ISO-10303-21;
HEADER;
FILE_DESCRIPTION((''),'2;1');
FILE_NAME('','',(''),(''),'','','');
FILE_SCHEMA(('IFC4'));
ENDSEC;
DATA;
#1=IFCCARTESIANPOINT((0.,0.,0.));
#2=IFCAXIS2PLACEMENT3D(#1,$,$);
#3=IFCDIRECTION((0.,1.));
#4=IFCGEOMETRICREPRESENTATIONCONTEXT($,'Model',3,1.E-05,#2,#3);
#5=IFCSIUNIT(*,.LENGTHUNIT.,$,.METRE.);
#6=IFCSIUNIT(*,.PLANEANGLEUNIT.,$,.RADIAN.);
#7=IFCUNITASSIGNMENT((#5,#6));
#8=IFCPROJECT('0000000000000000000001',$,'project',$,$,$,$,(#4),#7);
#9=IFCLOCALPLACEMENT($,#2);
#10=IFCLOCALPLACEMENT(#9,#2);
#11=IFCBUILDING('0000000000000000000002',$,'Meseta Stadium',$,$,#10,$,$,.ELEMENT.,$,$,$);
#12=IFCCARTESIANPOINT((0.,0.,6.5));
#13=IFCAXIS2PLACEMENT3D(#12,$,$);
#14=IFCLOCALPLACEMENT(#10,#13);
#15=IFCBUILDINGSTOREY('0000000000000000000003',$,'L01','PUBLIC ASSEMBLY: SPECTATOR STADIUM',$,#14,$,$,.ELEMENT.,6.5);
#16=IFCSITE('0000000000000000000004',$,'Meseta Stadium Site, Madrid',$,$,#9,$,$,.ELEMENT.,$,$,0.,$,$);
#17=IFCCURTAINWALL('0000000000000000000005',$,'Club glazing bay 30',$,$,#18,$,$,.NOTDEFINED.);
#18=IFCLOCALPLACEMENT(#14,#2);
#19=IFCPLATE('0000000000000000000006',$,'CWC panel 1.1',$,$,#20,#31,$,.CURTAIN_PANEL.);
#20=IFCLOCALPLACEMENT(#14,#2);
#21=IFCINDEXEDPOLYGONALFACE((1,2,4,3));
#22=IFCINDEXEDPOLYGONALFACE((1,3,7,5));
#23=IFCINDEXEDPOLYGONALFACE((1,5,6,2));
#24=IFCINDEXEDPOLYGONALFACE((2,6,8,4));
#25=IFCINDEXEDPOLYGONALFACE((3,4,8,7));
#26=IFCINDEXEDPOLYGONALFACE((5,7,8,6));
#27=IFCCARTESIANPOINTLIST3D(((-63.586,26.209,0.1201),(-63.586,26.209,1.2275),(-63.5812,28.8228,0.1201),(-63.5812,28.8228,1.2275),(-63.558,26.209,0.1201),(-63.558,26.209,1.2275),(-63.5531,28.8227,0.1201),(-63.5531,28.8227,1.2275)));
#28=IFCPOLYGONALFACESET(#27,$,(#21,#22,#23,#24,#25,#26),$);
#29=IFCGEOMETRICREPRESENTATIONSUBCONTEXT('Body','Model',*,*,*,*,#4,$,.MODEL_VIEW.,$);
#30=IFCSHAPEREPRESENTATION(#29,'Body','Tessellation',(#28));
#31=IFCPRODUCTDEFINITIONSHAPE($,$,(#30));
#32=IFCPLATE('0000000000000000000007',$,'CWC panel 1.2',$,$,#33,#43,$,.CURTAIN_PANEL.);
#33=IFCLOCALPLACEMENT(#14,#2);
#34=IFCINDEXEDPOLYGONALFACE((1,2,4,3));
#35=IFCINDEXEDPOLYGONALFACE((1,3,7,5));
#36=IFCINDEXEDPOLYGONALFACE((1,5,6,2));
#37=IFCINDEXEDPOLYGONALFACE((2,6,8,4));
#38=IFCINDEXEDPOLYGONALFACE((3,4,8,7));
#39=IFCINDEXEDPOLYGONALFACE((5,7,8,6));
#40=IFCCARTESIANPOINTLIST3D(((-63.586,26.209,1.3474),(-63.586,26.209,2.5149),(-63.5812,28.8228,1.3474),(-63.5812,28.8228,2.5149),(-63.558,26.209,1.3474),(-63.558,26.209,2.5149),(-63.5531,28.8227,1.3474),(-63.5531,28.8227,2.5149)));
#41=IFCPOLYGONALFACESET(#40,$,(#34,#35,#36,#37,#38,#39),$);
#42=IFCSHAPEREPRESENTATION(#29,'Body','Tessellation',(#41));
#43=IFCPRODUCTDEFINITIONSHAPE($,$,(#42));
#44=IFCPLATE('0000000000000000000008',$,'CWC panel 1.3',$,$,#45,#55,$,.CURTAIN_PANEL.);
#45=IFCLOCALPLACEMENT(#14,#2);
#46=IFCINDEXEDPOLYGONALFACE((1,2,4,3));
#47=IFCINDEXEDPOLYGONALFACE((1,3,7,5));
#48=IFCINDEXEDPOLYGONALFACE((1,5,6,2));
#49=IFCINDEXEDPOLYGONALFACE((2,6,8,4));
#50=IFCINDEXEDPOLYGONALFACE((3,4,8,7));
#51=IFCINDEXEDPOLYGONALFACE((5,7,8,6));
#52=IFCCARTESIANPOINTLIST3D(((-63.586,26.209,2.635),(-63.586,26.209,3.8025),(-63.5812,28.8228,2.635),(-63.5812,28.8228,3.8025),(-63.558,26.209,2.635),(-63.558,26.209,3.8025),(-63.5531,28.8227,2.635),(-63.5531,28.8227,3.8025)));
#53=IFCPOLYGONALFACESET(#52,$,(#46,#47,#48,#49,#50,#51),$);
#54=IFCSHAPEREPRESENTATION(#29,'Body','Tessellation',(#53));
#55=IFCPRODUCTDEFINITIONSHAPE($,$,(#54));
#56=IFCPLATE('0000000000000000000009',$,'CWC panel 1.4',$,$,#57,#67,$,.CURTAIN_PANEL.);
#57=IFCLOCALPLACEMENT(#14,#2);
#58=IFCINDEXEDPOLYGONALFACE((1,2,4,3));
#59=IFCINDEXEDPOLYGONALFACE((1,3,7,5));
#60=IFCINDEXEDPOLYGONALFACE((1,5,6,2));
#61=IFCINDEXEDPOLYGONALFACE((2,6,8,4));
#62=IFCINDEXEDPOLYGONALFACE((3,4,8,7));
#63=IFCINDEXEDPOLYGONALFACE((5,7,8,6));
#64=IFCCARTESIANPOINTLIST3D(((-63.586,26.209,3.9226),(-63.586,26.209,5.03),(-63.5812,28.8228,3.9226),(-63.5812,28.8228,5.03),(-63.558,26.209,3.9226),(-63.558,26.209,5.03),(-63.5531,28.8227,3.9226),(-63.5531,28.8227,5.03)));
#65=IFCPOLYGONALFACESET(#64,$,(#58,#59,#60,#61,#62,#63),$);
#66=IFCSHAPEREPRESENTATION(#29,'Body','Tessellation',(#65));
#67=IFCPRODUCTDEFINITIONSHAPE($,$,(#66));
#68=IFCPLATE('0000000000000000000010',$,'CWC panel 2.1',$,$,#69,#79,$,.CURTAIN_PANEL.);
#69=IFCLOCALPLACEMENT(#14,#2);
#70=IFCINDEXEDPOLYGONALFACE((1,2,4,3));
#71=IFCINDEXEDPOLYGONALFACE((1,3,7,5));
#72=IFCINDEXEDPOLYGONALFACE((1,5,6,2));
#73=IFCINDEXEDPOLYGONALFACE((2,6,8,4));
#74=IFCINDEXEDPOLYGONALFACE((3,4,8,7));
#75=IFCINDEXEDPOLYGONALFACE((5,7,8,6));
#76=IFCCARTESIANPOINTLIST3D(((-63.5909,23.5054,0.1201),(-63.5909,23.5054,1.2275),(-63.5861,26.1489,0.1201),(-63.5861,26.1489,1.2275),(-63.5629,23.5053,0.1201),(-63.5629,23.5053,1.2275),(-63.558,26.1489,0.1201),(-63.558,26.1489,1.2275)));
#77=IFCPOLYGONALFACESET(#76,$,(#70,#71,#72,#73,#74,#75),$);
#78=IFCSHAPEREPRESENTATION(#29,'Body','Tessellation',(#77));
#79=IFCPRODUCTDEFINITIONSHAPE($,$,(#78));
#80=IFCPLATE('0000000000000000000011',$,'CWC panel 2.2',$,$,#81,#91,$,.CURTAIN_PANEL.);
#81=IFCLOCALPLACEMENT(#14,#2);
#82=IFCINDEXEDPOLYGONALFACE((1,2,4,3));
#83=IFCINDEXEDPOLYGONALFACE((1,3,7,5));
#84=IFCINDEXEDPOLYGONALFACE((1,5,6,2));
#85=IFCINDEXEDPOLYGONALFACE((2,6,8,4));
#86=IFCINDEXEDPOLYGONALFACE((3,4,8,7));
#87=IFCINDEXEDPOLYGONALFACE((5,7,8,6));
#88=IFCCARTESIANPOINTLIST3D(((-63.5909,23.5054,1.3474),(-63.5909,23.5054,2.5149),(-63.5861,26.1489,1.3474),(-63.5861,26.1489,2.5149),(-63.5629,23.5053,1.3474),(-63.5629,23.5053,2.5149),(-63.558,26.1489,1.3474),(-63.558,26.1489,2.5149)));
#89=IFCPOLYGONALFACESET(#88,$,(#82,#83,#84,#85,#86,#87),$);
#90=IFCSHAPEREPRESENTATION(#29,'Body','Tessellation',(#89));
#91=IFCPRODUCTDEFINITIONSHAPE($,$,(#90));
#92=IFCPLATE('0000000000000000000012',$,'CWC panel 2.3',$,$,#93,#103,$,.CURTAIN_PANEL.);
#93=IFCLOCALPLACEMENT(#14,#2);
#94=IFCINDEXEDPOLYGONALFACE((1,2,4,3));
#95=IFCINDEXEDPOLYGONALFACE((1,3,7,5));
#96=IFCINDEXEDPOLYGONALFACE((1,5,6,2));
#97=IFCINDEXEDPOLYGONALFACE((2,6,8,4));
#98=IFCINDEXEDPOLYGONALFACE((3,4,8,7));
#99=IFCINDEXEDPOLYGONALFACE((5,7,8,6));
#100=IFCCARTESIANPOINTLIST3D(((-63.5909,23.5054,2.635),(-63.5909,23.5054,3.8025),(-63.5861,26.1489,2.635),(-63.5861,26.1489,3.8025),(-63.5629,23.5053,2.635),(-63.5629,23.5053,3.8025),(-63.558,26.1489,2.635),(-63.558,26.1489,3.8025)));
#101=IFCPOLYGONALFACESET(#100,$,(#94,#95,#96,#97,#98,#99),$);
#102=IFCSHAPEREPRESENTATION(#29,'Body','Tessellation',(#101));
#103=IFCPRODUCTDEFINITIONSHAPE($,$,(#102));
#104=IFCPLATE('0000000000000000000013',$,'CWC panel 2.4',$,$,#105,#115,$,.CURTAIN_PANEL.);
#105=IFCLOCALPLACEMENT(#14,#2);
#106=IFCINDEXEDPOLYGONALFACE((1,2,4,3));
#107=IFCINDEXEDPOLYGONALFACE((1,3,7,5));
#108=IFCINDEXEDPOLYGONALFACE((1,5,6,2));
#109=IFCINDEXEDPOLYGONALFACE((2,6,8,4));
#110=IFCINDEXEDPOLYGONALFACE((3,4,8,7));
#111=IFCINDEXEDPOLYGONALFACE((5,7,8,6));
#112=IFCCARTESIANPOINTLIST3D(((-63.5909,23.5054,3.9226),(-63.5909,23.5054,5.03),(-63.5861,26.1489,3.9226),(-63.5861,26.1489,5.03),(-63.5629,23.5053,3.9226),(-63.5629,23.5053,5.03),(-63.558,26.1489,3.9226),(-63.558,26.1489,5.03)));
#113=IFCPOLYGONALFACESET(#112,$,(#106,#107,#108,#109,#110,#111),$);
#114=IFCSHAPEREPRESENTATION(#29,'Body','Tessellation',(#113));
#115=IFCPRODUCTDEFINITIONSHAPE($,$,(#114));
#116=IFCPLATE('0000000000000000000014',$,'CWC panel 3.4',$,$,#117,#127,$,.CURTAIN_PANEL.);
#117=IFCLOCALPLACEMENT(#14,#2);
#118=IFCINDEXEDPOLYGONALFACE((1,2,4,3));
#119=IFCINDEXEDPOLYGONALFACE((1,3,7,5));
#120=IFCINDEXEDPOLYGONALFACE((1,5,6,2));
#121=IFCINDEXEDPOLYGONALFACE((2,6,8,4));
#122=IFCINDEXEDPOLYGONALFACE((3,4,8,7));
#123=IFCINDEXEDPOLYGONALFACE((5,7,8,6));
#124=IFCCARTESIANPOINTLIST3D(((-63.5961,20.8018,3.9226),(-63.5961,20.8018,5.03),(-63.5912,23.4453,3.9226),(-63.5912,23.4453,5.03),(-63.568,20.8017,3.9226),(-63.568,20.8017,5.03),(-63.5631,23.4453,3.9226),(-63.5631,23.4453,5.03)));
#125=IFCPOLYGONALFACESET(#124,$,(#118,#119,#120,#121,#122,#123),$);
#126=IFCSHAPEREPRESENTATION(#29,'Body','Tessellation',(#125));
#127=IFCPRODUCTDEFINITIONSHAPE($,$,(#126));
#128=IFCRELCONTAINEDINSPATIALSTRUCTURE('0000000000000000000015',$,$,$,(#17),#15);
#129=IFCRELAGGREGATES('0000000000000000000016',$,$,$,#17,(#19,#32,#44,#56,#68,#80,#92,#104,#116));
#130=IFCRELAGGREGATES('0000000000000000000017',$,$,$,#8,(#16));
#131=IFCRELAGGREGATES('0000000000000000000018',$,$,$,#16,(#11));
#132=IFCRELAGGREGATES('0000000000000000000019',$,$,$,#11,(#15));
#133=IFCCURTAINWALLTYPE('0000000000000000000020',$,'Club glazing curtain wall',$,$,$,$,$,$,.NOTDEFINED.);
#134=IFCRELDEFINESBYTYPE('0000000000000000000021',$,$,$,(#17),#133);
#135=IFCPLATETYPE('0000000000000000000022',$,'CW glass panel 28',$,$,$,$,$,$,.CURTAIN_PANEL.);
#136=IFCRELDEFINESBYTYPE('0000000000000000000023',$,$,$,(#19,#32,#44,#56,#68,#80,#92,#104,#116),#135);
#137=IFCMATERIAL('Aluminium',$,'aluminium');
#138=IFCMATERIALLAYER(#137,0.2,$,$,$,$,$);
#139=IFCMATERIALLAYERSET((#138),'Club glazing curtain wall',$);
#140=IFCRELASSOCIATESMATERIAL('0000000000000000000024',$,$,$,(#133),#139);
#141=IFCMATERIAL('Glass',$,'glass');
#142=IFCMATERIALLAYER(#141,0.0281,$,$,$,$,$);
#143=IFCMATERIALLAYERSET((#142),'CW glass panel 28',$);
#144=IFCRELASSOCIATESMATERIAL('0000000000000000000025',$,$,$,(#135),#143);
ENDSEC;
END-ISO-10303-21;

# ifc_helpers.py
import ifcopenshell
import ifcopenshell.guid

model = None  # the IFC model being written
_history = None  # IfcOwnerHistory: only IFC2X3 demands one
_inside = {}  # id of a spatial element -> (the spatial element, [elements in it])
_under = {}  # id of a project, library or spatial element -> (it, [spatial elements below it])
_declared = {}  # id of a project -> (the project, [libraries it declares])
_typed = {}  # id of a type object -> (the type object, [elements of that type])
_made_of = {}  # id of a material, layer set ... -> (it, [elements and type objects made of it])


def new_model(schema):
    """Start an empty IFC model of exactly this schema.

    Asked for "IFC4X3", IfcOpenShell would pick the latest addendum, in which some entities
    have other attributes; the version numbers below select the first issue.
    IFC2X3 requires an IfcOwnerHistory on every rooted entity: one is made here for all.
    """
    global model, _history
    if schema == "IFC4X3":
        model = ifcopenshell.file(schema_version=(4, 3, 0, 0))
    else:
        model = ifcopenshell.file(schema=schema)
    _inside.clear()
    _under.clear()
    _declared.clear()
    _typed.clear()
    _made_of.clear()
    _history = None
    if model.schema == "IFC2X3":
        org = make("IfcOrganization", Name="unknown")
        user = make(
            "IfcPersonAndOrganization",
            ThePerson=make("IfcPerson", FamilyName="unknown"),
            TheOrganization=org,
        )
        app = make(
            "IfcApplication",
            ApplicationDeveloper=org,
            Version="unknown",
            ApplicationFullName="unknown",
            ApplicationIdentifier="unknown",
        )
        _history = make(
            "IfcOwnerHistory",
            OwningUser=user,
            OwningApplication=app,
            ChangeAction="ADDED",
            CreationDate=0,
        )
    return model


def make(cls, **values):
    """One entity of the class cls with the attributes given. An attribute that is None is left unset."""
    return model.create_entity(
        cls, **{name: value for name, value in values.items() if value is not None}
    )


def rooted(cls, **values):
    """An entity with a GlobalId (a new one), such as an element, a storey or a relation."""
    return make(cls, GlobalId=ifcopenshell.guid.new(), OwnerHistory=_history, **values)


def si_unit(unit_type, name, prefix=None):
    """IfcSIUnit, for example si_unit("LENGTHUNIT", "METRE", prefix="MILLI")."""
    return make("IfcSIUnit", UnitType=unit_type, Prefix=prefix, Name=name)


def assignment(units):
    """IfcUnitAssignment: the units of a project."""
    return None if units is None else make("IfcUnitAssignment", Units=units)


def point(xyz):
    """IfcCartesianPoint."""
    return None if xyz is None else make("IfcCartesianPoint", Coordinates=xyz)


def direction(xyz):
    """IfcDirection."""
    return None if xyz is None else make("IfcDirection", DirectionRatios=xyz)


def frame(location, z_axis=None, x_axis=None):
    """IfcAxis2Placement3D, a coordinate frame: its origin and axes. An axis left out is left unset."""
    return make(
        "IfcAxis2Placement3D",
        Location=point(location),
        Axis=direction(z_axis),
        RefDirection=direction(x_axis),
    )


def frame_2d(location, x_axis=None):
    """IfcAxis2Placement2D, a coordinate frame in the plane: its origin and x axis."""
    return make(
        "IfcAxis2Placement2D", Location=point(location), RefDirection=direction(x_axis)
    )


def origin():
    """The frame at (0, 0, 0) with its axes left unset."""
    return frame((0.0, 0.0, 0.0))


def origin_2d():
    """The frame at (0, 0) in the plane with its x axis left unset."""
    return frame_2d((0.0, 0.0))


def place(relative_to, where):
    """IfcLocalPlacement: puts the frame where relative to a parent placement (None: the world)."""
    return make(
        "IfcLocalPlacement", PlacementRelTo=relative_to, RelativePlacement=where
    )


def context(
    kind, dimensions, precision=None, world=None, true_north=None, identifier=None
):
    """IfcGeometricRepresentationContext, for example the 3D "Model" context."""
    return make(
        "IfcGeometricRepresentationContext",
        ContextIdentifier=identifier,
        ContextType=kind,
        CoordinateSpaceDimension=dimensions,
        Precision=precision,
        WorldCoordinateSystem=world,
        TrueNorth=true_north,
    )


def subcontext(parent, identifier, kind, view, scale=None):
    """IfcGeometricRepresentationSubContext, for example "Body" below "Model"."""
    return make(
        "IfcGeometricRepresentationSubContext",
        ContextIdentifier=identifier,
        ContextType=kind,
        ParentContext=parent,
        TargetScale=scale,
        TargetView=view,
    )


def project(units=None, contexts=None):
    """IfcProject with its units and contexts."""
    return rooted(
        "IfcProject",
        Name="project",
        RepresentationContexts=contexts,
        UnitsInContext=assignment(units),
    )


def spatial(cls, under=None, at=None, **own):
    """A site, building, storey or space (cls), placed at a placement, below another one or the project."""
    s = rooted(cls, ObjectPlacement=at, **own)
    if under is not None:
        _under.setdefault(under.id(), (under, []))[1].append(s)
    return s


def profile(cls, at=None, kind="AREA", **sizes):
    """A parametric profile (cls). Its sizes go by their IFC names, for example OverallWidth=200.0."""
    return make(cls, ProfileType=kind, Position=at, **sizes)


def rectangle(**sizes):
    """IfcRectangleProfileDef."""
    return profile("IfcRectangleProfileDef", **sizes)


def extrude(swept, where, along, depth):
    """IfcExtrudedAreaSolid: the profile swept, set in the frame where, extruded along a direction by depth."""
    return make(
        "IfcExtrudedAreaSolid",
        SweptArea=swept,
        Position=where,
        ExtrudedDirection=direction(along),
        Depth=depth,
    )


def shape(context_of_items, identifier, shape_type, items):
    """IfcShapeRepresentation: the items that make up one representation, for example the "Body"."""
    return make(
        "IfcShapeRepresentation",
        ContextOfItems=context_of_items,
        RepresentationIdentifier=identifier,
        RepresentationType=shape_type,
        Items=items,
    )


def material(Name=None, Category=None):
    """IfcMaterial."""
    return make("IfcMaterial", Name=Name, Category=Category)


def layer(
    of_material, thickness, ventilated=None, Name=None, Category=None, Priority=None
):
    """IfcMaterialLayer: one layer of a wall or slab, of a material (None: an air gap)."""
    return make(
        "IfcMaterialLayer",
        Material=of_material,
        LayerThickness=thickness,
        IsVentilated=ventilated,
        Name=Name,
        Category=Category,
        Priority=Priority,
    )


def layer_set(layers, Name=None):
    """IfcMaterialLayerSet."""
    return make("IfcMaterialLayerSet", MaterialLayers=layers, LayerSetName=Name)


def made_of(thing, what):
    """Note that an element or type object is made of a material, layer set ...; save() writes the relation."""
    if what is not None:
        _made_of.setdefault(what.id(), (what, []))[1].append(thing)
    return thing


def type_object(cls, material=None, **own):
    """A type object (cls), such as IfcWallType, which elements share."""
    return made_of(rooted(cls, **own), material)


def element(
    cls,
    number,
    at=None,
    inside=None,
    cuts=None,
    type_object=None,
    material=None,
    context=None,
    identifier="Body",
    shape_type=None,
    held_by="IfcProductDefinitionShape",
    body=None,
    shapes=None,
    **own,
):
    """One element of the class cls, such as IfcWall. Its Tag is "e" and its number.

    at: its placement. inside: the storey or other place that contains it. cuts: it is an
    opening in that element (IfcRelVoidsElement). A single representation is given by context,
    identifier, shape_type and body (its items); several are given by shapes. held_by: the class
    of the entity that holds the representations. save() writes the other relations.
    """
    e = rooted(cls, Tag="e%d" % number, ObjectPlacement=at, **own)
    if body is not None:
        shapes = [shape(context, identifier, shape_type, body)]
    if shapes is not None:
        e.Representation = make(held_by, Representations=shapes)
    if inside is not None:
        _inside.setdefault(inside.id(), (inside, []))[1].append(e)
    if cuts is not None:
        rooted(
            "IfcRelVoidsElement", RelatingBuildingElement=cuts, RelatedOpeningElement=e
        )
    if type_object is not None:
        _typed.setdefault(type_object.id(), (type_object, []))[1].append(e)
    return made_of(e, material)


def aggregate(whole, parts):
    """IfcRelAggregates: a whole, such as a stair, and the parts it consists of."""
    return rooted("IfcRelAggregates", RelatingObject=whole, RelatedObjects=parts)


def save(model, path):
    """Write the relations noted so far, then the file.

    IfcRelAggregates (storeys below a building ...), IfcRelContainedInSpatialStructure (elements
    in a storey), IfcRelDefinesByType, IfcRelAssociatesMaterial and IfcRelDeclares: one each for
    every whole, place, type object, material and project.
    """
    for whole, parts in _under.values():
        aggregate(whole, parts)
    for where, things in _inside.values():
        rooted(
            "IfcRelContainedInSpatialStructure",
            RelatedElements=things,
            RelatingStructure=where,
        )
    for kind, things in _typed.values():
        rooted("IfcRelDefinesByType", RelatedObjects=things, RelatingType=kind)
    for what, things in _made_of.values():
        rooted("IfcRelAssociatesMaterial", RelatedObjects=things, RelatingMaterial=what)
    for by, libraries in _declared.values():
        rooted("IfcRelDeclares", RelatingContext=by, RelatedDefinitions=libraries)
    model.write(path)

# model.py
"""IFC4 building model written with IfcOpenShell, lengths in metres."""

from ifc_helpers import new_model, si_unit, direction, frame, origin, origin_2d, place, context, subcontext, project, spatial, rectangle, extrude, material, layer, layer_set, type_object, element, aggregate, save


model = new_model("IFC4")

# Units and contexts
model_context = context("Model", 3, precision=1e-05, world=origin(), true_north=direction((0.0, 1.0)))
body_context = subcontext(model_context, "Body", "Model", "MODEL_VIEW")
ifc_project = project(units=[si_unit("LENGTHUNIT", "METRE"), si_unit("PLANEANGLEUNIT", "RADIAN")], contexts=[model_context])

# Site, building, storey
site_placement = place(None, origin())
site = spatial("IfcSite", under=ifc_project, at=site_placement, Name="Meseta Stadium Site, Madrid", CompositionType="ELEMENT", RefElevation=0.0)
building_placement = place(site_placement, origin())
building = spatial("IfcBuilding", under=site, at=building_placement, Name="Meseta Stadium", CompositionType="ELEMENT")
storey_placement = place(building_placement, frame((0.0, 0.0, 6.5)))
storey = spatial("IfcBuildingStorey", under=building, at=storey_placement, Name="L01", Description="PUBLIC ASSEMBLY: SPECTATOR STADIUM", CompositionType="ELEMENT", Elevation=6.5)

# Shared definitions
ifc_material_1 = material(Name="Aluminium", Category="aluminium")
ifc_layer_1 = layer(ifc_material_1, 0.2)
ifc_layer_set_1 = layer_set([ifc_layer_1], Name="Club glazing curtain wall")
curtain_wall_type = type_object("IfcCurtainWallType", Name="Club glazing curtain wall", PredefinedType="NOTDEFINED", material=ifc_layer_set_1)

# Curtain wall
curtain_wall_1_placement = place(storey_placement, origin())
curtain_wall_1 = element("IfcCurtainWall", 1, at=curtain_wall_1_placement, inside=storey, type_object=curtain_wall_type, Name="Club glazing bay 30", PredefinedType="NOTDEFINED")

# Plates
ifc_material_2 = material(Name="Glass", Category="glass")
ifc_layer_2 = layer(ifc_material_2, 0.0281)
ifc_layer_set_2 = layer_set([ifc_layer_2], Name="CW glass panel 28")
plate_type = type_object("IfcPlateType", Name="CW glass panel 28", PredefinedType="CURTAIN_PANEL", material=ifc_layer_set_2)
plate_1_placement = place(storey_placement, frame((-63.5696, 27.5159, 0.1201), z_axis=(0.0, 0.0, 1.0), x_axis=(-0.001845, -0.999998, 0.0)))
plate_1 = element("IfcPlate", 2, at=plate_1_placement, type_object=plate_type, Name="CWC panel 1.1", PredefinedType="CURTAIN_PANEL", context=body_context, shape_type="SweptSolid", body=[
    extrude(rectangle(XDim=2.6138, YDim=0.0281, at=origin_2d()), origin(), (0.0, 0.0, 1.0), 1.1074),
])
plate_2_placement = place(storey_placement, frame((-63.5696, 27.5159, 1.3474), z_axis=(0.0, 0.0, 1.0), x_axis=(-0.001845, -0.999998, 0.0)))
plate_2 = element("IfcPlate", 3, at=plate_2_placement, type_object=plate_type, Name="CWC panel 1.2", PredefinedType="CURTAIN_PANEL", context=body_context, shape_type="SweptSolid", body=[
    extrude(rectangle(XDim=2.6138, YDim=0.0281, at=origin_2d()), origin(), (0.0, 0.0, 1.0), 1.1675),
])
plate_3_placement = place(storey_placement, frame((-63.5696, 27.5159, 2.635), z_axis=(0.0, 0.0, 1.0), x_axis=(-0.001845, -0.999998, 0.0)))
plate_3 = element("IfcPlate", 4, at=plate_3_placement, type_object=plate_type, Name="CWC panel 1.3", PredefinedType="CURTAIN_PANEL", context=body_context, shape_type="SweptSolid", body=[
    extrude(rectangle(XDim=2.6138, YDim=0.0281, at=origin_2d()), origin(), (0.0, 0.0, 1.0), 1.1675),
])
plate_4_placement = place(storey_placement, frame((-63.5696, 27.5159, 3.9226), z_axis=(0.0, 0.0, 1.0), x_axis=(-0.001845, -0.999998, 0.0)))
plate_4 = element("IfcPlate", 5, at=plate_4_placement, type_object=plate_type, Name="CWC panel 1.4", PredefinedType="CURTAIN_PANEL", context=body_context, shape_type="SweptSolid", body=[
    extrude(rectangle(XDim=2.6138, YDim=0.0281, at=origin_2d()), origin(), (0.0, 0.0, 1.0), 1.1074),
])
plate_5_placement = place(storey_placement, frame((-63.5745, 24.8271, 0.1201), z_axis=(0.0, 0.0, 1.0), x_axis=(-0.001845, -0.999998, 0.0)))
plate_5 = element("IfcPlate", 6, at=plate_5_placement, type_object=plate_type, Name="CWC panel 2.1", PredefinedType="CURTAIN_PANEL", context=body_context, shape_type="SweptSolid", body=[
    extrude(rectangle(XDim=2.6436, YDim=0.0281, at=origin_2d()), origin(), (0.0, 0.0, 1.0), 1.1074),
])
plate_6_placement = place(storey_placement, frame((-63.5745, 24.8271, 1.3474), z_axis=(0.0, 0.0, 1.0), x_axis=(-0.001845, -0.999998, 0.0)))
plate_6 = element("IfcPlate", 7, at=plate_6_placement, type_object=plate_type, Name="CWC panel 2.2", PredefinedType="CURTAIN_PANEL", context=body_context, shape_type="SweptSolid", body=[
    extrude(rectangle(XDim=2.6436, YDim=0.0281, at=origin_2d()), origin(), (0.0, 0.0, 1.0), 1.1675),
])
plate_7_placement = place(storey_placement, frame((-63.5745, 24.8271, 2.635), z_axis=(0.0, 0.0, 1.0), x_axis=(-0.001845, -0.999998, 0.0)))
plate_7 = element("IfcPlate", 8, at=plate_7_placement, type_object=plate_type, Name="CWC panel 2.3", PredefinedType="CURTAIN_PANEL", context=body_context, shape_type="SweptSolid", body=[
    extrude(rectangle(XDim=2.6436, YDim=0.0281, at=origin_2d()), origin(), (0.0, 0.0, 1.0), 1.1675),
])
plate_8_placement = place(storey_placement, frame((-63.5745, 24.8271, 3.9226), z_axis=(0.0, 0.0, 1.0), x_axis=(-0.001845, -0.999998, 0.0)))
plate_8 = element("IfcPlate", 9, at=plate_8_placement, type_object=plate_type, Name="CWC panel 2.4", PredefinedType="CURTAIN_PANEL", context=body_context, shape_type="SweptSolid", body=[
    extrude(rectangle(XDim=2.6436, YDim=0.0281, at=origin_2d()), origin(), (0.0, 0.0, 1.0), 1.1074),
])
plate_9_placement = place(storey_placement, frame((-63.5796, 22.1235, 3.9226), z_axis=(0.0, 0.0, 1.0), x_axis=(-0.001845, -0.999998, 0.0)))
plate_9 = element("IfcPlate", 10, at=plate_9_placement, type_object=plate_type, Name="CWC panel 3.4", PredefinedType="CURTAIN_PANEL", context=body_context, shape_type="SweptSolid", body=[
    extrude(rectangle(XDim=2.6436, YDim=0.0281, at=origin_2d()), origin(), (0.0, 0.0, 1.0), 1.1074),
])
aggregate(curtain_wall_1, [plate_1, plate_2, plate_3, plate_4, plate_5, plate_6, plate_7, plate_8, plate_9])

save(model, "model.ifc")
